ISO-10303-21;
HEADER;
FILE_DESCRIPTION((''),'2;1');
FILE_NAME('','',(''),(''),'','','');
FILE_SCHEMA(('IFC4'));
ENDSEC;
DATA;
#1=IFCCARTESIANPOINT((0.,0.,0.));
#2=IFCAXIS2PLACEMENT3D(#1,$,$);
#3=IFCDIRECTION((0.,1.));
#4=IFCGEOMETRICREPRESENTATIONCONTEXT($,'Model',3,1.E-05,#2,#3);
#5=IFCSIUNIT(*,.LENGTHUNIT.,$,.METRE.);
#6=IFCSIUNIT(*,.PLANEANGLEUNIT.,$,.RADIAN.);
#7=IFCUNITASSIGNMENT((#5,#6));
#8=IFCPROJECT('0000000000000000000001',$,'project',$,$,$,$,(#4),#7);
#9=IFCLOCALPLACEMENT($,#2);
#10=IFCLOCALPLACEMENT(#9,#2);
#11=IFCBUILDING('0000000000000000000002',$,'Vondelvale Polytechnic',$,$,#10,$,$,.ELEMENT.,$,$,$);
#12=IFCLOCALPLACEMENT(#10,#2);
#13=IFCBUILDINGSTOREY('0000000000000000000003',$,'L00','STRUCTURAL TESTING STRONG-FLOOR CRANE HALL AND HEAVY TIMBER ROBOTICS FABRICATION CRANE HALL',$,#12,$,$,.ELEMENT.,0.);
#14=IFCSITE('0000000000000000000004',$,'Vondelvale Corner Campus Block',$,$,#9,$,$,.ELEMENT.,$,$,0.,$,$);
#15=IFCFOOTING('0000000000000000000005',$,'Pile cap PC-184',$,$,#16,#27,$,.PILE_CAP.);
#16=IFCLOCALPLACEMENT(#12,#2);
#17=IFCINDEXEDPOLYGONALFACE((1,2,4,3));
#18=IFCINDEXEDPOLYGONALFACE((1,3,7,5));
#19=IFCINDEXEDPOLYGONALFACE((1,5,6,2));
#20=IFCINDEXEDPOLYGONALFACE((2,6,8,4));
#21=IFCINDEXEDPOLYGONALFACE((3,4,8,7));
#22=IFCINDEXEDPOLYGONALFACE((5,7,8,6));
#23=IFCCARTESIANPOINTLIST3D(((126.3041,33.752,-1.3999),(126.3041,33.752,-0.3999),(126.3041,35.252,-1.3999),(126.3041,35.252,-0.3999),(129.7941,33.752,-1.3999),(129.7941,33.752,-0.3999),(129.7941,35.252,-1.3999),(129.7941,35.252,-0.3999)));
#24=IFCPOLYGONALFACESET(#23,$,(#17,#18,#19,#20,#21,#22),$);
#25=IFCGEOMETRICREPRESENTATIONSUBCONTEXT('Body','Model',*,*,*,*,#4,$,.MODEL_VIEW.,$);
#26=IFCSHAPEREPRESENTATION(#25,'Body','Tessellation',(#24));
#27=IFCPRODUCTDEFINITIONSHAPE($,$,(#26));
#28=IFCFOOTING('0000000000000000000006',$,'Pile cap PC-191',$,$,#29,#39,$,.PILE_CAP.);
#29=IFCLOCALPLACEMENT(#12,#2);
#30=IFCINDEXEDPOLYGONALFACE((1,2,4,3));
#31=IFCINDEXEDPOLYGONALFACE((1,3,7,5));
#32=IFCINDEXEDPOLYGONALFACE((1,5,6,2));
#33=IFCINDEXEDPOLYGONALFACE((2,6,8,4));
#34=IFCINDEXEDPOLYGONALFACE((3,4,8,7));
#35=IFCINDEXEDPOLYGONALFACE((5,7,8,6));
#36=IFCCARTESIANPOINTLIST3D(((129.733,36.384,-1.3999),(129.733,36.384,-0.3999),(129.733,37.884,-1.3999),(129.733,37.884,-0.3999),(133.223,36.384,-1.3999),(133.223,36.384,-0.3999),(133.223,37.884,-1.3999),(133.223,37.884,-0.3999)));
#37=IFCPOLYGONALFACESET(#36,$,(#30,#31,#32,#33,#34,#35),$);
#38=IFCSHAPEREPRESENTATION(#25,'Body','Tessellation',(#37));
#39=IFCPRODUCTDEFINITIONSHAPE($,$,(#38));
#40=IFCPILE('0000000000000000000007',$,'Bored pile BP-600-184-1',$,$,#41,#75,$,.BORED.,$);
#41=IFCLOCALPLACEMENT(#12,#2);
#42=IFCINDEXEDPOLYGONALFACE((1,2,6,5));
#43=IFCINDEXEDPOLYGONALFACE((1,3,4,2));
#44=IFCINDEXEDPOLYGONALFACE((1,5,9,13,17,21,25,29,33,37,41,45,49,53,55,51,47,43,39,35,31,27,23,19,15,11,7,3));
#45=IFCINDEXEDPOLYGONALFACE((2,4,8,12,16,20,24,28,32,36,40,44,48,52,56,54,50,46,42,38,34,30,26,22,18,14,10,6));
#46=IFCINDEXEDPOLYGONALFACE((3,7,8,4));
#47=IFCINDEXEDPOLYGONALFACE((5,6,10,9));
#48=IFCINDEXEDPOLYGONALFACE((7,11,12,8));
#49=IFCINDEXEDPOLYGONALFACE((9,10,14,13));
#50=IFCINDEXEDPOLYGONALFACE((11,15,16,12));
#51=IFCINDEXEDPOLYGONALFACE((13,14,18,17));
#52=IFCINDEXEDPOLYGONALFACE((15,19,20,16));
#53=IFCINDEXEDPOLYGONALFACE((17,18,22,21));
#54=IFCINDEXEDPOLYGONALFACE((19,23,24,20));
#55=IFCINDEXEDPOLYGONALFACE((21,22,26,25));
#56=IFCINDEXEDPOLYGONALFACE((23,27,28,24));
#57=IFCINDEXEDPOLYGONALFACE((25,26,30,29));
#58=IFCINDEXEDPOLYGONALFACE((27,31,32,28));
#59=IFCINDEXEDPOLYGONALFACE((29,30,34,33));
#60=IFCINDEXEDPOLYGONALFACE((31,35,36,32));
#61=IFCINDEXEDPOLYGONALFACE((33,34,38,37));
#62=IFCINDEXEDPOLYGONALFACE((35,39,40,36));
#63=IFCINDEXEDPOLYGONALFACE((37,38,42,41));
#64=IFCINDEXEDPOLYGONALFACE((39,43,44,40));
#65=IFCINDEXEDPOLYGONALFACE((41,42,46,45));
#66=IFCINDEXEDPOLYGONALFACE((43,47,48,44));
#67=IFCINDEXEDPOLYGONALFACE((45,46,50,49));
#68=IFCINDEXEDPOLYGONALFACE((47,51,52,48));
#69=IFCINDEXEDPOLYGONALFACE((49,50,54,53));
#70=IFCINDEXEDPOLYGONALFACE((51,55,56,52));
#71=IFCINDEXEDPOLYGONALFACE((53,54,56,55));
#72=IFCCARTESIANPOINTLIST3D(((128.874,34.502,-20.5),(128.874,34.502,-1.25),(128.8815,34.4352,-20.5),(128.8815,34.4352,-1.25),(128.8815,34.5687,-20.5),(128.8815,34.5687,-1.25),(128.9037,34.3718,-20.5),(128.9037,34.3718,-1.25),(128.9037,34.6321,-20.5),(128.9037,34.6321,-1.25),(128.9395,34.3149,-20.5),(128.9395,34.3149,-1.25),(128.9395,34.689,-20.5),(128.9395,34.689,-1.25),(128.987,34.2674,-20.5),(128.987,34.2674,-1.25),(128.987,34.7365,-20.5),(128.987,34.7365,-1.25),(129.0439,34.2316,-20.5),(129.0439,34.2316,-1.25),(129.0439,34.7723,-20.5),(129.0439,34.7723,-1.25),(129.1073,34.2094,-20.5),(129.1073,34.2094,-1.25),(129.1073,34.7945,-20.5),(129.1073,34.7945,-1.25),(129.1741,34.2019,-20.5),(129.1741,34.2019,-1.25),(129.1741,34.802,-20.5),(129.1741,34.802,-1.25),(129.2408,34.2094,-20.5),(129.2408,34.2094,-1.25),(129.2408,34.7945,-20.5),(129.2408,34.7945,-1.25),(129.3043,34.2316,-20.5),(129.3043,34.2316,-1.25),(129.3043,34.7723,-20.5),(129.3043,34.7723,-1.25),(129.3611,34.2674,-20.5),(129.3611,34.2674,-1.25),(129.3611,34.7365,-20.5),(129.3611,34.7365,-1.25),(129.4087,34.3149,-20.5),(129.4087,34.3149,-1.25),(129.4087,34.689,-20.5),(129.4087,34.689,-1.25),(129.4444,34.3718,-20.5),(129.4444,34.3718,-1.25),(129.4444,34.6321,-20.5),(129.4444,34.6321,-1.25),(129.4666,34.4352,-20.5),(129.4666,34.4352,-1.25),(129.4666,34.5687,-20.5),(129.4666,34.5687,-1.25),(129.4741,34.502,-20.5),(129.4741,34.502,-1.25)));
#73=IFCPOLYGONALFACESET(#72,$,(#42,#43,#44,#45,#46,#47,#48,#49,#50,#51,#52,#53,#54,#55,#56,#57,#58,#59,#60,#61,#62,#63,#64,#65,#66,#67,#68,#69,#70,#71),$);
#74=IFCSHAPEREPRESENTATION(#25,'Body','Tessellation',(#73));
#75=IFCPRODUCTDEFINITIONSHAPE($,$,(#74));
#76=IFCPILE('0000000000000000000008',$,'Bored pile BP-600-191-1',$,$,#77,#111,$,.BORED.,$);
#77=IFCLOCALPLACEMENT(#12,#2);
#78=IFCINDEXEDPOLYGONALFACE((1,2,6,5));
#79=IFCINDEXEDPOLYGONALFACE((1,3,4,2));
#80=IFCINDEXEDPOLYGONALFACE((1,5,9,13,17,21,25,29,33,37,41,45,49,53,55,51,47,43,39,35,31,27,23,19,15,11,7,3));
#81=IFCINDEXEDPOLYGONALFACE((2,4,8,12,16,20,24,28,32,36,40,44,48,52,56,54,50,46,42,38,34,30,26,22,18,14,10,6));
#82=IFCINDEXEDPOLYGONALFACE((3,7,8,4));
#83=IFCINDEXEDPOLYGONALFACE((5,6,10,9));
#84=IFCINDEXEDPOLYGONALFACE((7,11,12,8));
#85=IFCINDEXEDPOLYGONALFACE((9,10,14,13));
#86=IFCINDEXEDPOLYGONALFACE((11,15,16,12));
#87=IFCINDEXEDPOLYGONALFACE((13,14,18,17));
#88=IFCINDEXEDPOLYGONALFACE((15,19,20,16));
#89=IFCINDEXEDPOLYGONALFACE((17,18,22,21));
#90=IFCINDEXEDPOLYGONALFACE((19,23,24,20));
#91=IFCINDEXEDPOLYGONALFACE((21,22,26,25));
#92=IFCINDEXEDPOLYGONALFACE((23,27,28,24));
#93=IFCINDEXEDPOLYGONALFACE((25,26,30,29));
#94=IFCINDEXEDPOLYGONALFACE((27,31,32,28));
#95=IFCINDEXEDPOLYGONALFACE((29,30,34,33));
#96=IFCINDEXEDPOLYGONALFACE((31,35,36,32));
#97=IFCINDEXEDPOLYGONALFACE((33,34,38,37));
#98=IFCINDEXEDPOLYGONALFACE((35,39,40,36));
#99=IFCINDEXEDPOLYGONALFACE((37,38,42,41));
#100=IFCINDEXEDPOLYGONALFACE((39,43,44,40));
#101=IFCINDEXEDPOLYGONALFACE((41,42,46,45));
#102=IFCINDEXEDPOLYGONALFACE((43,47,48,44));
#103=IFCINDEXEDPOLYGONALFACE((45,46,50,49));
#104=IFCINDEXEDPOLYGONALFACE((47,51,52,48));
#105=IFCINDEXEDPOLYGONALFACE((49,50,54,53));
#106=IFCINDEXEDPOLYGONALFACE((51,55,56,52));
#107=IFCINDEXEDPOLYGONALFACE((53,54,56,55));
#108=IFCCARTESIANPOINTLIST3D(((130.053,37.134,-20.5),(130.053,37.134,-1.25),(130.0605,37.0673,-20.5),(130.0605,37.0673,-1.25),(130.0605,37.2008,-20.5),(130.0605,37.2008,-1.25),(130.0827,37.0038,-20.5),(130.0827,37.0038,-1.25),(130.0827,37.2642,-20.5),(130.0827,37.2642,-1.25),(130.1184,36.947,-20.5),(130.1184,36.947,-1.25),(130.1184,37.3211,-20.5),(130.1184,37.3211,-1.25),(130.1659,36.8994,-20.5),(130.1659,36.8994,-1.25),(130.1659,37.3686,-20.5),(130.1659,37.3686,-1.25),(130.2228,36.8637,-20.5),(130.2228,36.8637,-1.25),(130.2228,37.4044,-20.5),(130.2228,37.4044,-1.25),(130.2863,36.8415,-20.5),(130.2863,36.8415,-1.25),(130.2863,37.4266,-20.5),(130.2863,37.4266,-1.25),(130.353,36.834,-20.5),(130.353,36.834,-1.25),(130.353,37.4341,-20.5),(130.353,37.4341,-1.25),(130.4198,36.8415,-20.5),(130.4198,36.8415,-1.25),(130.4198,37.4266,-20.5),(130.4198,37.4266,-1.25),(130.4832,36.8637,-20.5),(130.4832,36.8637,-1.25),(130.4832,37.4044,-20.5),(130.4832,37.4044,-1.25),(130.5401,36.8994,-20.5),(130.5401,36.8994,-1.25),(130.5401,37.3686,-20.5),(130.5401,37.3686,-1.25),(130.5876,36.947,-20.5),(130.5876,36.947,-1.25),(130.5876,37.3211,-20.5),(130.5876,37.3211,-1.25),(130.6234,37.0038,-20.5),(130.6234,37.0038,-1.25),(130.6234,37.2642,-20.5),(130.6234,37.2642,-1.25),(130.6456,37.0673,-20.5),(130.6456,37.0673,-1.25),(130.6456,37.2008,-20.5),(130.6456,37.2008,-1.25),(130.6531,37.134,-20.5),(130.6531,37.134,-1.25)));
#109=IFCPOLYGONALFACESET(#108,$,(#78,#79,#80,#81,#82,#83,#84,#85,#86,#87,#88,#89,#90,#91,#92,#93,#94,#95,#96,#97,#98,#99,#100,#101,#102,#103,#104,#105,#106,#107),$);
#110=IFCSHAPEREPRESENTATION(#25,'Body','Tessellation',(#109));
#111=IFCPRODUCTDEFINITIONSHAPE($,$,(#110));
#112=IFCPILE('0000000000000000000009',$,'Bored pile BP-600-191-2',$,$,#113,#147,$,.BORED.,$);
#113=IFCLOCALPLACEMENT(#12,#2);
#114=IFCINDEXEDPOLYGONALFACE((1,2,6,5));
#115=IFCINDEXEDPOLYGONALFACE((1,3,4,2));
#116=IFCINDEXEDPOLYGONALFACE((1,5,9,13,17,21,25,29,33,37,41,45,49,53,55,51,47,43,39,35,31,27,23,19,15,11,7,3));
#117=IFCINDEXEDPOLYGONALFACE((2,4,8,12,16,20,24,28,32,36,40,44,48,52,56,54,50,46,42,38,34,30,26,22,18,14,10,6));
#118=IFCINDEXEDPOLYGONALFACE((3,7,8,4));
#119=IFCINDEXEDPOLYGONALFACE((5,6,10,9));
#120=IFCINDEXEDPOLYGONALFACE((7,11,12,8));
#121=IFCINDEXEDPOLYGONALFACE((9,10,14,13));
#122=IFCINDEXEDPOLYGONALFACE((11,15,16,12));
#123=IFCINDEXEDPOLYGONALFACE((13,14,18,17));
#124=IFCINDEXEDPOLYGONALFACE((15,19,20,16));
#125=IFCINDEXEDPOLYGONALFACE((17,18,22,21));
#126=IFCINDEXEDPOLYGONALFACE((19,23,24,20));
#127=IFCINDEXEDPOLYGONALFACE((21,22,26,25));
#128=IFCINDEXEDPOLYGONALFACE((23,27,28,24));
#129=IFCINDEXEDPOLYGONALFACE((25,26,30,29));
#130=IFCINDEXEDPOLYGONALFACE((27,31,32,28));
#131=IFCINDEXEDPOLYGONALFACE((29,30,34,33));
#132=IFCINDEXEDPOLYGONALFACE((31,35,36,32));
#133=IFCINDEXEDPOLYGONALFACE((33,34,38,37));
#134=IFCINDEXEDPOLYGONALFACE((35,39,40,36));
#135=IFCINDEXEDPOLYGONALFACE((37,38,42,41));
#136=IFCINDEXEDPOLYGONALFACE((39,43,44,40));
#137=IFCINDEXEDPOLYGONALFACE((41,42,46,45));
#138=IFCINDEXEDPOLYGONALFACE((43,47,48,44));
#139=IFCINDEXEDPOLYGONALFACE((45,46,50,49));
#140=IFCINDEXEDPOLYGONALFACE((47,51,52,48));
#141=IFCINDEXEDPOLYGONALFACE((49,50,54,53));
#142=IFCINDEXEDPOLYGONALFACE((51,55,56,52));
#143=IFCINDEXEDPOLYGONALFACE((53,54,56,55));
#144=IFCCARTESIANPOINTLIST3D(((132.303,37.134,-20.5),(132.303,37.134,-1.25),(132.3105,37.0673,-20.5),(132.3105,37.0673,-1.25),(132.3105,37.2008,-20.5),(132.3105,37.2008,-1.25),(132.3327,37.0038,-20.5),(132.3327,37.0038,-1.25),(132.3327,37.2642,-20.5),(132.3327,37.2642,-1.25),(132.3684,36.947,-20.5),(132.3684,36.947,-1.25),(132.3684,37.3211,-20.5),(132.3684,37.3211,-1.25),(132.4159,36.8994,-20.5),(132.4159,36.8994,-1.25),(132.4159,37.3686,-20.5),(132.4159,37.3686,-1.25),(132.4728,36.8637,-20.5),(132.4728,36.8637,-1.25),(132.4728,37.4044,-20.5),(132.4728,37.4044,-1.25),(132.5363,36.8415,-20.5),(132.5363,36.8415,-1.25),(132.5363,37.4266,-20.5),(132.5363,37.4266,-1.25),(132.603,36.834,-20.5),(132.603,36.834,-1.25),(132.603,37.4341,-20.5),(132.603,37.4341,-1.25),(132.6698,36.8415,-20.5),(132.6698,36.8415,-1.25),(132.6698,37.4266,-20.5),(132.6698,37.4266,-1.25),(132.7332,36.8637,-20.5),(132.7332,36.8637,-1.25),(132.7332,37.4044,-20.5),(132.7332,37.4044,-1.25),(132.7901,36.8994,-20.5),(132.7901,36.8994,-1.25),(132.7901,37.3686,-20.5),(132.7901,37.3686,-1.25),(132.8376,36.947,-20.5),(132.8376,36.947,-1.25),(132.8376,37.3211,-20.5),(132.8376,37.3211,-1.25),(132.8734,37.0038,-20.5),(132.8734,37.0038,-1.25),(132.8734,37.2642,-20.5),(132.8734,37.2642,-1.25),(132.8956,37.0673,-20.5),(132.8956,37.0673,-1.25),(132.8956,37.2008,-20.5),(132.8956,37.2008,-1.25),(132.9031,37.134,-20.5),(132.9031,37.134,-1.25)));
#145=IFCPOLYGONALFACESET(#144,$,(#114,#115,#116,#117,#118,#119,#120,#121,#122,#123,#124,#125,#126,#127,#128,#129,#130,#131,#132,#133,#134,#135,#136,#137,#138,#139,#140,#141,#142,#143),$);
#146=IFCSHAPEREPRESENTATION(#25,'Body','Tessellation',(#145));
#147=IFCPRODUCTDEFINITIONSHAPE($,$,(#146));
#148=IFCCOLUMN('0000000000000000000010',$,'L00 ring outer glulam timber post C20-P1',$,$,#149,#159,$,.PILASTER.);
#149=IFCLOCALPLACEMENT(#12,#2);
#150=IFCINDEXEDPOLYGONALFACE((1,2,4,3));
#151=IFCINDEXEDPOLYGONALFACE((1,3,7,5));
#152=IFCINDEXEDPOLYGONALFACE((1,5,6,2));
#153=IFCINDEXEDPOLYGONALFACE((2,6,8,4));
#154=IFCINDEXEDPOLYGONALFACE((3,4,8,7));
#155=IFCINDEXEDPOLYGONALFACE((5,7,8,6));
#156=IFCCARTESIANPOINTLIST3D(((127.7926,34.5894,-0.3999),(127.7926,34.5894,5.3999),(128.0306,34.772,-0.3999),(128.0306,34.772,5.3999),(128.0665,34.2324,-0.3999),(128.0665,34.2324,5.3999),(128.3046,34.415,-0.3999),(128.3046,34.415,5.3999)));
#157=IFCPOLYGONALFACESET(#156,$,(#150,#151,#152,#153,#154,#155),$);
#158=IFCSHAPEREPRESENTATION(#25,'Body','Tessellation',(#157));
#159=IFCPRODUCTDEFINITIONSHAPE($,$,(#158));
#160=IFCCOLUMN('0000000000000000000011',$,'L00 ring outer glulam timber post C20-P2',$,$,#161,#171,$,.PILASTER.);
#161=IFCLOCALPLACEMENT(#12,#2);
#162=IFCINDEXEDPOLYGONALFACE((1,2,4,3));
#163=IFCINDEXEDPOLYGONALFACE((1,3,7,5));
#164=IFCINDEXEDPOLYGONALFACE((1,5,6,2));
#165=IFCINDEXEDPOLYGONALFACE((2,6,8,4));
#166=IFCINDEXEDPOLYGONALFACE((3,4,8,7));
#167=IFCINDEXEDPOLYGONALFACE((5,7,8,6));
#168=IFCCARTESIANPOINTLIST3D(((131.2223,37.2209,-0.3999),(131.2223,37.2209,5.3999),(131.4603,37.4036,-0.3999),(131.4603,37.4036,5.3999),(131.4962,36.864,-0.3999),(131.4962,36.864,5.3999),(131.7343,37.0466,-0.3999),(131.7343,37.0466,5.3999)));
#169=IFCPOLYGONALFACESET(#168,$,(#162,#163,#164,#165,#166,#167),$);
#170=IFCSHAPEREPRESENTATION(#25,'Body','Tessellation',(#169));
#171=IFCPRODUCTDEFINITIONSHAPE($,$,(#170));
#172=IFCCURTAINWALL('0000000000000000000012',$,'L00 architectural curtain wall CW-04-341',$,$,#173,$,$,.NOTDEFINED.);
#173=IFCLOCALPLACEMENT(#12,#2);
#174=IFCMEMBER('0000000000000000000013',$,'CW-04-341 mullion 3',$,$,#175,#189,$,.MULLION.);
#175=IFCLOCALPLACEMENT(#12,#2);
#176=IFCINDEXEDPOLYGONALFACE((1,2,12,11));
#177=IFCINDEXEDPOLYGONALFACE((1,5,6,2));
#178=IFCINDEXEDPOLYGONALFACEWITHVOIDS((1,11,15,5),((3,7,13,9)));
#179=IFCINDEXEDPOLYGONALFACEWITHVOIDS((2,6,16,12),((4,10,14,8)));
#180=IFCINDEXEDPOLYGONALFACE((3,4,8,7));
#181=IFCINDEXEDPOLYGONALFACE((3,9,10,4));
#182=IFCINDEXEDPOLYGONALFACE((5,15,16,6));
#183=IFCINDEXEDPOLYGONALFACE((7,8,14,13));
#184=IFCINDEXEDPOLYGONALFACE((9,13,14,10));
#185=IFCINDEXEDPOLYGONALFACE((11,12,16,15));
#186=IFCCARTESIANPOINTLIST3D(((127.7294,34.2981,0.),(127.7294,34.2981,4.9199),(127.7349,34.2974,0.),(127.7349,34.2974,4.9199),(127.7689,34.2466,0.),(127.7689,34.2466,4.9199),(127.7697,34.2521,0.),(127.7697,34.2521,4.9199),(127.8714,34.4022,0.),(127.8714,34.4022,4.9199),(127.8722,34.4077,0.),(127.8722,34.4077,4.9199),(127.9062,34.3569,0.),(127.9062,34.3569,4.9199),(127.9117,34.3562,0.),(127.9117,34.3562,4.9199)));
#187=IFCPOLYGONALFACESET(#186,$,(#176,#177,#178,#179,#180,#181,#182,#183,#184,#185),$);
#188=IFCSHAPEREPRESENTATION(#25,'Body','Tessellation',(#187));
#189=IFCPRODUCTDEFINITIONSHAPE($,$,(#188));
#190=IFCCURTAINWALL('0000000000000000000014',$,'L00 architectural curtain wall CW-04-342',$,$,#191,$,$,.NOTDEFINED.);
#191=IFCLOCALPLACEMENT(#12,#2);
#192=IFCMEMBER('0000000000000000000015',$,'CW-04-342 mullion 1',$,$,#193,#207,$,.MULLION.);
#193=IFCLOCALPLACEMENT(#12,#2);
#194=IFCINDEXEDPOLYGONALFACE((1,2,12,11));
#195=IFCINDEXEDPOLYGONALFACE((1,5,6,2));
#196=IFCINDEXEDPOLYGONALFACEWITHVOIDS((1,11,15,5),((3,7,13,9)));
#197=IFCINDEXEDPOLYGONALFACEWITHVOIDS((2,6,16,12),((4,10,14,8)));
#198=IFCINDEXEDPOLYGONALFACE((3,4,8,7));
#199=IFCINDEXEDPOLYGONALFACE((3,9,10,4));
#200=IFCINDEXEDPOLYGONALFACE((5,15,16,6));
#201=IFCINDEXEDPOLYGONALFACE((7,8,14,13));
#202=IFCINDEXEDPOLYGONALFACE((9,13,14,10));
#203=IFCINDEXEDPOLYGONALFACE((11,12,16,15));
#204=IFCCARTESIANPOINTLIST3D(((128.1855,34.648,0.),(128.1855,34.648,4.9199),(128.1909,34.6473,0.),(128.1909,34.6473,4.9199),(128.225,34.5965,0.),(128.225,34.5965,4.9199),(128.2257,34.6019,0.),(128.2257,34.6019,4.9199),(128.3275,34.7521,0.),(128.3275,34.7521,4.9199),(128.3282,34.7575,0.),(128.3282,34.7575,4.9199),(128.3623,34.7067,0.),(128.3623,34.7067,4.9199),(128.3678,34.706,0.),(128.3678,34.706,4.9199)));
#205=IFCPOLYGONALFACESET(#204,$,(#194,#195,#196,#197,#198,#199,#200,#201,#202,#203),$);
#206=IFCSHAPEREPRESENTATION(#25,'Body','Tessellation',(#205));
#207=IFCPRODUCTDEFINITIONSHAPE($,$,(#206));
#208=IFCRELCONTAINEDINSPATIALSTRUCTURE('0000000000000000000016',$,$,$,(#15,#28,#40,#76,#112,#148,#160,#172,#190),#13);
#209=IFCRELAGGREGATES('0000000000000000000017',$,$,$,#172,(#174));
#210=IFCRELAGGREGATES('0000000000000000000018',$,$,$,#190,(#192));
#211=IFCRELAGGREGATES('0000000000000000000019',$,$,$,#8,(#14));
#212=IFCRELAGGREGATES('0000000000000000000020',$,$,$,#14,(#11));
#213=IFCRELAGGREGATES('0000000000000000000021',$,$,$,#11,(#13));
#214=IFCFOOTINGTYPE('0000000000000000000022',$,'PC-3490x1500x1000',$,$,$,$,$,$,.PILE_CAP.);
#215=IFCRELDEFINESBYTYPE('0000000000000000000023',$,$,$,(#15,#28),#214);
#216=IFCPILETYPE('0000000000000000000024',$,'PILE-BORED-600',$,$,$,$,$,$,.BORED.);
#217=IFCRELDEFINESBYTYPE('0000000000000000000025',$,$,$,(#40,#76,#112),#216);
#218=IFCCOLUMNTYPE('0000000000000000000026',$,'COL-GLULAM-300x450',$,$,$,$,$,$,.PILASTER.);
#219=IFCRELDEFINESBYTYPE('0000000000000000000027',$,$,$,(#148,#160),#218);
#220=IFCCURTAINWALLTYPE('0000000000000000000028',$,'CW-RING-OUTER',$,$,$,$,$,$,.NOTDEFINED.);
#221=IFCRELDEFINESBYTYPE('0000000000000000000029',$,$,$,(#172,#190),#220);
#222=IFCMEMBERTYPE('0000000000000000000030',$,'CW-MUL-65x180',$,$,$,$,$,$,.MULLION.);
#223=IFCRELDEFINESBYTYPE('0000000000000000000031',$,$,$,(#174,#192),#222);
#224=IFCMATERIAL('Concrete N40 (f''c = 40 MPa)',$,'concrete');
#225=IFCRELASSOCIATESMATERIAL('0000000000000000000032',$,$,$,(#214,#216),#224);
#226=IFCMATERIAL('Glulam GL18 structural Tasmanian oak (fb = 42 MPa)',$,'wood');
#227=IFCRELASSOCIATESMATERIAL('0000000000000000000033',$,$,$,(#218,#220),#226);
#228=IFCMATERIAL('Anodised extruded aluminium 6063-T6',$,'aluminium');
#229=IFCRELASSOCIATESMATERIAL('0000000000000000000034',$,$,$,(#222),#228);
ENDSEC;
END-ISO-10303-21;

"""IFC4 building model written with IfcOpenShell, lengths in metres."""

from ifc_helpers import new_model, si_unit, direction, frame, origin, origin_2d, place, context, subcontext, project, spatial, rectangle, hollow_rectangle, circle, extrude, material, material_profile, profile_set, type_object, element, aggregate, save


model = new_model("IFC4")

# Units and contexts
model_context = context("Model", 3, precision=1e-05, world=origin(), true_north=direction((0.0, 1.0)))
body_context = subcontext(model_context, "Body", "Model", "MODEL_VIEW")
ifc_project = project(units=[si_unit("LENGTHUNIT", "METRE"), si_unit("PLANEANGLEUNIT", "RADIAN")], contexts=[model_context])

# Site, building, storey
site_placement = place(None, origin())
site = spatial("IfcSite", under=ifc_project, at=site_placement, Name="Vondelvale Corner Campus Block", CompositionType="ELEMENT", RefElevation=0.0)
building_placement = place(site_placement, origin())
building = spatial("IfcBuilding", under=site, at=building_placement, Name="Vondelvale Polytechnic", CompositionType="ELEMENT")
storey_placement = place(building_placement, origin())
storey = spatial("IfcBuildingStorey", under=building, at=storey_placement, Name="L00", Description="STRUCTURAL TESTING STRONG-FLOOR CRANE HALL AND HEAVY TIMBER ROBOTICS FABRICATION CRANE HALL", CompositionType="ELEMENT", Elevation=0.0)

# Footings
ifc_material_1 = material(Name="Concrete N40 (f'c = 40 MPa)", Category="concrete")
footing_type = type_object("IfcFootingType", Name="PC-3490x1500x1000", PredefinedType="PILE_CAP", material=ifc_material_1)
for number, where, z_axis, x_axis, name in (
    (1, (128.0491, 34.502, -1.3999), (0.0, 0.0, 1.0), (1.0, 0.0, 0.0), "Pile cap PC-184"),
    (2, (131.478, 37.134, -1.3999), (0.0, 0.0, 1.0), (1.0, 0.0, 0.0), "Pile cap PC-191"),
):
    element("IfcFooting", number, at=place(storey_placement, frame(where, z_axis=z_axis, x_axis=x_axis)), inside=storey, type_object=footing_type, Name=name, PredefinedType="PILE_CAP", context=body_context, shape_type="SweptSolid", body=[
        extrude(rectangle(XDim=3.49, YDim=1.5, at=origin_2d()), origin(), (0.0, 0.0, 1.0), 1.0),
    ])

# Piles
ifc_material_profile_1 = material_profile(ifc_material_1, circle(Radius=0.3, at=origin_2d()), Name="PILE-D600")
ifc_profile_set_1 = profile_set([ifc_material_profile_1], Name="Concrete N40 (f'c = 40 MPa)")
pile_type = type_object("IfcPileType", Name="PILE-BORED-600", PredefinedType="BORED", material=ifc_profile_set_1)
for number, where, z_axis, x_axis, name in (
    (3, (129.1741, 34.502, -1.25), (0.0, 0.0, -1.0), (1.0, 0.0, 0.0), "Bored pile BP-600-184-1"),
    (4, (130.353, 37.134, -1.25), (0.0, 0.0, -1.0), (1.0, 0.0, 0.0), "Bored pile BP-600-191-1"),
    (5, (132.603, 37.134, -1.25), (0.0, 0.0, -1.0), (1.0, 0.0, 0.0), "Bored pile BP-600-191-2"),
):
    element("IfcPile", number, at=place(storey_placement, frame(where, z_axis=z_axis, x_axis=x_axis)), inside=storey, type_object=pile_type, Name=name, PredefinedType="BORED", context=body_context, shape_type="SweptSolid", body=[
        extrude(circle(Radius=0.3, at=origin_2d()), origin(), (0.0, 0.0, 1.0), 19.25),
    ])

# Columns
ifc_material_2 = material(Name="Glulam GL18 structural Tasmanian oak (fb = 42 MPa)", Category="wood")
ifc_material_profile_2 = material_profile(ifc_material_2, rectangle(XDim=0.3, YDim=0.45, at=origin_2d()), Name="GL-POST-300x450")
ifc_profile_set_2 = profile_set([ifc_material_profile_2], Name="Glulam GL18 structural Tasmanian oak (fb = 42 MPa)")
column_type = type_object("IfcColumnType", Name="COL-GLULAM-300x450", PredefinedType="PILASTER", material=ifc_profile_set_2)
for number, where, z_axis, x_axis, name in (
    (6, (128.0486, 34.5022, -0.3999), (0.0, 0.0, 1.0), (0.793353, 0.608761, 0.0), "L00 ring outer glulam timber post C20-P1"),
    (7, (131.4783, 37.1338, -0.3999), (0.0, 0.0, 1.0), (0.793353, 0.608761, 0.0), "L00 ring outer glulam timber post C20-P2"),
):
    element("IfcColumn", number, at=place(storey_placement, frame(where, z_axis=z_axis, x_axis=x_axis)), inside=storey, type_object=column_type, Name=name, PredefinedType="PILASTER", context=body_context, shape_type="SweptSolid", body=[
        extrude(rectangle(XDim=0.3, YDim=0.45, at=origin_2d()), origin(), (0.0, 0.0, 1.0), 5.7998),
    ])

# Curtain wall, member
curtain_wall_type = type_object("IfcCurtainWallType", Name="CW-RING-OUTER", PredefinedType="NOTDEFINED", material=ifc_material_2)
curtain_wall_1_placement = place(storey_placement, origin())
curtain_wall_1 = element("IfcCurtainWall", 8, at=curtain_wall_1_placement, inside=storey, type_object=curtain_wall_type, Name="L00 architectural curtain wall CW-04-341", PredefinedType="NOTDEFINED")
ifc_material_3 = material(Name="Anodised extruded aluminium 6063-T6", Category="aluminium")
ifc_material_profile_3 = material_profile(ifc_material_3, hollow_rectangle(XDim=0.0649, YDim=0.1799, WallThickness=0.0039, at=origin_2d()), Name="CW-MUL-180x65")
ifc_profile_set_3 = profile_set([ifc_material_profile_3], Name="Anodised extruded aluminium 6063-T6")
member_type_1 = type_object("IfcMemberType", Name="CW-MUL-65x180", PredefinedType="MULLION", material=ifc_profile_set_3)
member_1_placement = place(storey_placement, frame((127.8206, 34.3271, 0.0), z_axis=(0.0, 0.0, 1.0), x_axis=(-0.608764, 0.793352, 0.0)))
member_1 = element("IfcMember", 9, at=member_1_placement, type_object=member_type_1, Name="CW-04-341 mullion 3", PredefinedType="MULLION", context=body_context, shape_type="SweptSolid", body=[
    extrude(hollow_rectangle(XDim=0.0649, YDim=0.1799, WallThickness=0.0039, at=origin_2d()), origin(), (0.0, 0.0, 1.0), 4.9199),
])

# Curtain wall, member
curtain_wall_2_placement = place(storey_placement, origin())
curtain_wall_2 = element("IfcCurtainWall", 10, at=curtain_wall_2_placement, inside=storey, type_object=curtain_wall_type, Name="L00 architectural curtain wall CW-04-342", PredefinedType="NOTDEFINED")
member_2_placement = place(storey_placement, frame((128.2766, 34.677, 0.0), z_axis=(0.0, 0.0, 1.0), x_axis=(-0.608771, 0.793346, 0.0)))
member_2 = element("IfcMember", 11, at=member_2_placement, type_object=member_type_1, Name="CW-04-342 mullion 1", PredefinedType="MULLION", context=body_context, shape_type="SweptSolid", body=[
    extrude(hollow_rectangle(XDim=0.0649, YDim=0.1799, WallThickness=0.0039, at=origin_2d()), origin(), (0.0, 0.0, 1.0), 4.9199),
])

aggregate(curtain_wall_1, [member_1])
aggregate(curtain_wall_2, [member_2])

save(model, "model.ifc")
